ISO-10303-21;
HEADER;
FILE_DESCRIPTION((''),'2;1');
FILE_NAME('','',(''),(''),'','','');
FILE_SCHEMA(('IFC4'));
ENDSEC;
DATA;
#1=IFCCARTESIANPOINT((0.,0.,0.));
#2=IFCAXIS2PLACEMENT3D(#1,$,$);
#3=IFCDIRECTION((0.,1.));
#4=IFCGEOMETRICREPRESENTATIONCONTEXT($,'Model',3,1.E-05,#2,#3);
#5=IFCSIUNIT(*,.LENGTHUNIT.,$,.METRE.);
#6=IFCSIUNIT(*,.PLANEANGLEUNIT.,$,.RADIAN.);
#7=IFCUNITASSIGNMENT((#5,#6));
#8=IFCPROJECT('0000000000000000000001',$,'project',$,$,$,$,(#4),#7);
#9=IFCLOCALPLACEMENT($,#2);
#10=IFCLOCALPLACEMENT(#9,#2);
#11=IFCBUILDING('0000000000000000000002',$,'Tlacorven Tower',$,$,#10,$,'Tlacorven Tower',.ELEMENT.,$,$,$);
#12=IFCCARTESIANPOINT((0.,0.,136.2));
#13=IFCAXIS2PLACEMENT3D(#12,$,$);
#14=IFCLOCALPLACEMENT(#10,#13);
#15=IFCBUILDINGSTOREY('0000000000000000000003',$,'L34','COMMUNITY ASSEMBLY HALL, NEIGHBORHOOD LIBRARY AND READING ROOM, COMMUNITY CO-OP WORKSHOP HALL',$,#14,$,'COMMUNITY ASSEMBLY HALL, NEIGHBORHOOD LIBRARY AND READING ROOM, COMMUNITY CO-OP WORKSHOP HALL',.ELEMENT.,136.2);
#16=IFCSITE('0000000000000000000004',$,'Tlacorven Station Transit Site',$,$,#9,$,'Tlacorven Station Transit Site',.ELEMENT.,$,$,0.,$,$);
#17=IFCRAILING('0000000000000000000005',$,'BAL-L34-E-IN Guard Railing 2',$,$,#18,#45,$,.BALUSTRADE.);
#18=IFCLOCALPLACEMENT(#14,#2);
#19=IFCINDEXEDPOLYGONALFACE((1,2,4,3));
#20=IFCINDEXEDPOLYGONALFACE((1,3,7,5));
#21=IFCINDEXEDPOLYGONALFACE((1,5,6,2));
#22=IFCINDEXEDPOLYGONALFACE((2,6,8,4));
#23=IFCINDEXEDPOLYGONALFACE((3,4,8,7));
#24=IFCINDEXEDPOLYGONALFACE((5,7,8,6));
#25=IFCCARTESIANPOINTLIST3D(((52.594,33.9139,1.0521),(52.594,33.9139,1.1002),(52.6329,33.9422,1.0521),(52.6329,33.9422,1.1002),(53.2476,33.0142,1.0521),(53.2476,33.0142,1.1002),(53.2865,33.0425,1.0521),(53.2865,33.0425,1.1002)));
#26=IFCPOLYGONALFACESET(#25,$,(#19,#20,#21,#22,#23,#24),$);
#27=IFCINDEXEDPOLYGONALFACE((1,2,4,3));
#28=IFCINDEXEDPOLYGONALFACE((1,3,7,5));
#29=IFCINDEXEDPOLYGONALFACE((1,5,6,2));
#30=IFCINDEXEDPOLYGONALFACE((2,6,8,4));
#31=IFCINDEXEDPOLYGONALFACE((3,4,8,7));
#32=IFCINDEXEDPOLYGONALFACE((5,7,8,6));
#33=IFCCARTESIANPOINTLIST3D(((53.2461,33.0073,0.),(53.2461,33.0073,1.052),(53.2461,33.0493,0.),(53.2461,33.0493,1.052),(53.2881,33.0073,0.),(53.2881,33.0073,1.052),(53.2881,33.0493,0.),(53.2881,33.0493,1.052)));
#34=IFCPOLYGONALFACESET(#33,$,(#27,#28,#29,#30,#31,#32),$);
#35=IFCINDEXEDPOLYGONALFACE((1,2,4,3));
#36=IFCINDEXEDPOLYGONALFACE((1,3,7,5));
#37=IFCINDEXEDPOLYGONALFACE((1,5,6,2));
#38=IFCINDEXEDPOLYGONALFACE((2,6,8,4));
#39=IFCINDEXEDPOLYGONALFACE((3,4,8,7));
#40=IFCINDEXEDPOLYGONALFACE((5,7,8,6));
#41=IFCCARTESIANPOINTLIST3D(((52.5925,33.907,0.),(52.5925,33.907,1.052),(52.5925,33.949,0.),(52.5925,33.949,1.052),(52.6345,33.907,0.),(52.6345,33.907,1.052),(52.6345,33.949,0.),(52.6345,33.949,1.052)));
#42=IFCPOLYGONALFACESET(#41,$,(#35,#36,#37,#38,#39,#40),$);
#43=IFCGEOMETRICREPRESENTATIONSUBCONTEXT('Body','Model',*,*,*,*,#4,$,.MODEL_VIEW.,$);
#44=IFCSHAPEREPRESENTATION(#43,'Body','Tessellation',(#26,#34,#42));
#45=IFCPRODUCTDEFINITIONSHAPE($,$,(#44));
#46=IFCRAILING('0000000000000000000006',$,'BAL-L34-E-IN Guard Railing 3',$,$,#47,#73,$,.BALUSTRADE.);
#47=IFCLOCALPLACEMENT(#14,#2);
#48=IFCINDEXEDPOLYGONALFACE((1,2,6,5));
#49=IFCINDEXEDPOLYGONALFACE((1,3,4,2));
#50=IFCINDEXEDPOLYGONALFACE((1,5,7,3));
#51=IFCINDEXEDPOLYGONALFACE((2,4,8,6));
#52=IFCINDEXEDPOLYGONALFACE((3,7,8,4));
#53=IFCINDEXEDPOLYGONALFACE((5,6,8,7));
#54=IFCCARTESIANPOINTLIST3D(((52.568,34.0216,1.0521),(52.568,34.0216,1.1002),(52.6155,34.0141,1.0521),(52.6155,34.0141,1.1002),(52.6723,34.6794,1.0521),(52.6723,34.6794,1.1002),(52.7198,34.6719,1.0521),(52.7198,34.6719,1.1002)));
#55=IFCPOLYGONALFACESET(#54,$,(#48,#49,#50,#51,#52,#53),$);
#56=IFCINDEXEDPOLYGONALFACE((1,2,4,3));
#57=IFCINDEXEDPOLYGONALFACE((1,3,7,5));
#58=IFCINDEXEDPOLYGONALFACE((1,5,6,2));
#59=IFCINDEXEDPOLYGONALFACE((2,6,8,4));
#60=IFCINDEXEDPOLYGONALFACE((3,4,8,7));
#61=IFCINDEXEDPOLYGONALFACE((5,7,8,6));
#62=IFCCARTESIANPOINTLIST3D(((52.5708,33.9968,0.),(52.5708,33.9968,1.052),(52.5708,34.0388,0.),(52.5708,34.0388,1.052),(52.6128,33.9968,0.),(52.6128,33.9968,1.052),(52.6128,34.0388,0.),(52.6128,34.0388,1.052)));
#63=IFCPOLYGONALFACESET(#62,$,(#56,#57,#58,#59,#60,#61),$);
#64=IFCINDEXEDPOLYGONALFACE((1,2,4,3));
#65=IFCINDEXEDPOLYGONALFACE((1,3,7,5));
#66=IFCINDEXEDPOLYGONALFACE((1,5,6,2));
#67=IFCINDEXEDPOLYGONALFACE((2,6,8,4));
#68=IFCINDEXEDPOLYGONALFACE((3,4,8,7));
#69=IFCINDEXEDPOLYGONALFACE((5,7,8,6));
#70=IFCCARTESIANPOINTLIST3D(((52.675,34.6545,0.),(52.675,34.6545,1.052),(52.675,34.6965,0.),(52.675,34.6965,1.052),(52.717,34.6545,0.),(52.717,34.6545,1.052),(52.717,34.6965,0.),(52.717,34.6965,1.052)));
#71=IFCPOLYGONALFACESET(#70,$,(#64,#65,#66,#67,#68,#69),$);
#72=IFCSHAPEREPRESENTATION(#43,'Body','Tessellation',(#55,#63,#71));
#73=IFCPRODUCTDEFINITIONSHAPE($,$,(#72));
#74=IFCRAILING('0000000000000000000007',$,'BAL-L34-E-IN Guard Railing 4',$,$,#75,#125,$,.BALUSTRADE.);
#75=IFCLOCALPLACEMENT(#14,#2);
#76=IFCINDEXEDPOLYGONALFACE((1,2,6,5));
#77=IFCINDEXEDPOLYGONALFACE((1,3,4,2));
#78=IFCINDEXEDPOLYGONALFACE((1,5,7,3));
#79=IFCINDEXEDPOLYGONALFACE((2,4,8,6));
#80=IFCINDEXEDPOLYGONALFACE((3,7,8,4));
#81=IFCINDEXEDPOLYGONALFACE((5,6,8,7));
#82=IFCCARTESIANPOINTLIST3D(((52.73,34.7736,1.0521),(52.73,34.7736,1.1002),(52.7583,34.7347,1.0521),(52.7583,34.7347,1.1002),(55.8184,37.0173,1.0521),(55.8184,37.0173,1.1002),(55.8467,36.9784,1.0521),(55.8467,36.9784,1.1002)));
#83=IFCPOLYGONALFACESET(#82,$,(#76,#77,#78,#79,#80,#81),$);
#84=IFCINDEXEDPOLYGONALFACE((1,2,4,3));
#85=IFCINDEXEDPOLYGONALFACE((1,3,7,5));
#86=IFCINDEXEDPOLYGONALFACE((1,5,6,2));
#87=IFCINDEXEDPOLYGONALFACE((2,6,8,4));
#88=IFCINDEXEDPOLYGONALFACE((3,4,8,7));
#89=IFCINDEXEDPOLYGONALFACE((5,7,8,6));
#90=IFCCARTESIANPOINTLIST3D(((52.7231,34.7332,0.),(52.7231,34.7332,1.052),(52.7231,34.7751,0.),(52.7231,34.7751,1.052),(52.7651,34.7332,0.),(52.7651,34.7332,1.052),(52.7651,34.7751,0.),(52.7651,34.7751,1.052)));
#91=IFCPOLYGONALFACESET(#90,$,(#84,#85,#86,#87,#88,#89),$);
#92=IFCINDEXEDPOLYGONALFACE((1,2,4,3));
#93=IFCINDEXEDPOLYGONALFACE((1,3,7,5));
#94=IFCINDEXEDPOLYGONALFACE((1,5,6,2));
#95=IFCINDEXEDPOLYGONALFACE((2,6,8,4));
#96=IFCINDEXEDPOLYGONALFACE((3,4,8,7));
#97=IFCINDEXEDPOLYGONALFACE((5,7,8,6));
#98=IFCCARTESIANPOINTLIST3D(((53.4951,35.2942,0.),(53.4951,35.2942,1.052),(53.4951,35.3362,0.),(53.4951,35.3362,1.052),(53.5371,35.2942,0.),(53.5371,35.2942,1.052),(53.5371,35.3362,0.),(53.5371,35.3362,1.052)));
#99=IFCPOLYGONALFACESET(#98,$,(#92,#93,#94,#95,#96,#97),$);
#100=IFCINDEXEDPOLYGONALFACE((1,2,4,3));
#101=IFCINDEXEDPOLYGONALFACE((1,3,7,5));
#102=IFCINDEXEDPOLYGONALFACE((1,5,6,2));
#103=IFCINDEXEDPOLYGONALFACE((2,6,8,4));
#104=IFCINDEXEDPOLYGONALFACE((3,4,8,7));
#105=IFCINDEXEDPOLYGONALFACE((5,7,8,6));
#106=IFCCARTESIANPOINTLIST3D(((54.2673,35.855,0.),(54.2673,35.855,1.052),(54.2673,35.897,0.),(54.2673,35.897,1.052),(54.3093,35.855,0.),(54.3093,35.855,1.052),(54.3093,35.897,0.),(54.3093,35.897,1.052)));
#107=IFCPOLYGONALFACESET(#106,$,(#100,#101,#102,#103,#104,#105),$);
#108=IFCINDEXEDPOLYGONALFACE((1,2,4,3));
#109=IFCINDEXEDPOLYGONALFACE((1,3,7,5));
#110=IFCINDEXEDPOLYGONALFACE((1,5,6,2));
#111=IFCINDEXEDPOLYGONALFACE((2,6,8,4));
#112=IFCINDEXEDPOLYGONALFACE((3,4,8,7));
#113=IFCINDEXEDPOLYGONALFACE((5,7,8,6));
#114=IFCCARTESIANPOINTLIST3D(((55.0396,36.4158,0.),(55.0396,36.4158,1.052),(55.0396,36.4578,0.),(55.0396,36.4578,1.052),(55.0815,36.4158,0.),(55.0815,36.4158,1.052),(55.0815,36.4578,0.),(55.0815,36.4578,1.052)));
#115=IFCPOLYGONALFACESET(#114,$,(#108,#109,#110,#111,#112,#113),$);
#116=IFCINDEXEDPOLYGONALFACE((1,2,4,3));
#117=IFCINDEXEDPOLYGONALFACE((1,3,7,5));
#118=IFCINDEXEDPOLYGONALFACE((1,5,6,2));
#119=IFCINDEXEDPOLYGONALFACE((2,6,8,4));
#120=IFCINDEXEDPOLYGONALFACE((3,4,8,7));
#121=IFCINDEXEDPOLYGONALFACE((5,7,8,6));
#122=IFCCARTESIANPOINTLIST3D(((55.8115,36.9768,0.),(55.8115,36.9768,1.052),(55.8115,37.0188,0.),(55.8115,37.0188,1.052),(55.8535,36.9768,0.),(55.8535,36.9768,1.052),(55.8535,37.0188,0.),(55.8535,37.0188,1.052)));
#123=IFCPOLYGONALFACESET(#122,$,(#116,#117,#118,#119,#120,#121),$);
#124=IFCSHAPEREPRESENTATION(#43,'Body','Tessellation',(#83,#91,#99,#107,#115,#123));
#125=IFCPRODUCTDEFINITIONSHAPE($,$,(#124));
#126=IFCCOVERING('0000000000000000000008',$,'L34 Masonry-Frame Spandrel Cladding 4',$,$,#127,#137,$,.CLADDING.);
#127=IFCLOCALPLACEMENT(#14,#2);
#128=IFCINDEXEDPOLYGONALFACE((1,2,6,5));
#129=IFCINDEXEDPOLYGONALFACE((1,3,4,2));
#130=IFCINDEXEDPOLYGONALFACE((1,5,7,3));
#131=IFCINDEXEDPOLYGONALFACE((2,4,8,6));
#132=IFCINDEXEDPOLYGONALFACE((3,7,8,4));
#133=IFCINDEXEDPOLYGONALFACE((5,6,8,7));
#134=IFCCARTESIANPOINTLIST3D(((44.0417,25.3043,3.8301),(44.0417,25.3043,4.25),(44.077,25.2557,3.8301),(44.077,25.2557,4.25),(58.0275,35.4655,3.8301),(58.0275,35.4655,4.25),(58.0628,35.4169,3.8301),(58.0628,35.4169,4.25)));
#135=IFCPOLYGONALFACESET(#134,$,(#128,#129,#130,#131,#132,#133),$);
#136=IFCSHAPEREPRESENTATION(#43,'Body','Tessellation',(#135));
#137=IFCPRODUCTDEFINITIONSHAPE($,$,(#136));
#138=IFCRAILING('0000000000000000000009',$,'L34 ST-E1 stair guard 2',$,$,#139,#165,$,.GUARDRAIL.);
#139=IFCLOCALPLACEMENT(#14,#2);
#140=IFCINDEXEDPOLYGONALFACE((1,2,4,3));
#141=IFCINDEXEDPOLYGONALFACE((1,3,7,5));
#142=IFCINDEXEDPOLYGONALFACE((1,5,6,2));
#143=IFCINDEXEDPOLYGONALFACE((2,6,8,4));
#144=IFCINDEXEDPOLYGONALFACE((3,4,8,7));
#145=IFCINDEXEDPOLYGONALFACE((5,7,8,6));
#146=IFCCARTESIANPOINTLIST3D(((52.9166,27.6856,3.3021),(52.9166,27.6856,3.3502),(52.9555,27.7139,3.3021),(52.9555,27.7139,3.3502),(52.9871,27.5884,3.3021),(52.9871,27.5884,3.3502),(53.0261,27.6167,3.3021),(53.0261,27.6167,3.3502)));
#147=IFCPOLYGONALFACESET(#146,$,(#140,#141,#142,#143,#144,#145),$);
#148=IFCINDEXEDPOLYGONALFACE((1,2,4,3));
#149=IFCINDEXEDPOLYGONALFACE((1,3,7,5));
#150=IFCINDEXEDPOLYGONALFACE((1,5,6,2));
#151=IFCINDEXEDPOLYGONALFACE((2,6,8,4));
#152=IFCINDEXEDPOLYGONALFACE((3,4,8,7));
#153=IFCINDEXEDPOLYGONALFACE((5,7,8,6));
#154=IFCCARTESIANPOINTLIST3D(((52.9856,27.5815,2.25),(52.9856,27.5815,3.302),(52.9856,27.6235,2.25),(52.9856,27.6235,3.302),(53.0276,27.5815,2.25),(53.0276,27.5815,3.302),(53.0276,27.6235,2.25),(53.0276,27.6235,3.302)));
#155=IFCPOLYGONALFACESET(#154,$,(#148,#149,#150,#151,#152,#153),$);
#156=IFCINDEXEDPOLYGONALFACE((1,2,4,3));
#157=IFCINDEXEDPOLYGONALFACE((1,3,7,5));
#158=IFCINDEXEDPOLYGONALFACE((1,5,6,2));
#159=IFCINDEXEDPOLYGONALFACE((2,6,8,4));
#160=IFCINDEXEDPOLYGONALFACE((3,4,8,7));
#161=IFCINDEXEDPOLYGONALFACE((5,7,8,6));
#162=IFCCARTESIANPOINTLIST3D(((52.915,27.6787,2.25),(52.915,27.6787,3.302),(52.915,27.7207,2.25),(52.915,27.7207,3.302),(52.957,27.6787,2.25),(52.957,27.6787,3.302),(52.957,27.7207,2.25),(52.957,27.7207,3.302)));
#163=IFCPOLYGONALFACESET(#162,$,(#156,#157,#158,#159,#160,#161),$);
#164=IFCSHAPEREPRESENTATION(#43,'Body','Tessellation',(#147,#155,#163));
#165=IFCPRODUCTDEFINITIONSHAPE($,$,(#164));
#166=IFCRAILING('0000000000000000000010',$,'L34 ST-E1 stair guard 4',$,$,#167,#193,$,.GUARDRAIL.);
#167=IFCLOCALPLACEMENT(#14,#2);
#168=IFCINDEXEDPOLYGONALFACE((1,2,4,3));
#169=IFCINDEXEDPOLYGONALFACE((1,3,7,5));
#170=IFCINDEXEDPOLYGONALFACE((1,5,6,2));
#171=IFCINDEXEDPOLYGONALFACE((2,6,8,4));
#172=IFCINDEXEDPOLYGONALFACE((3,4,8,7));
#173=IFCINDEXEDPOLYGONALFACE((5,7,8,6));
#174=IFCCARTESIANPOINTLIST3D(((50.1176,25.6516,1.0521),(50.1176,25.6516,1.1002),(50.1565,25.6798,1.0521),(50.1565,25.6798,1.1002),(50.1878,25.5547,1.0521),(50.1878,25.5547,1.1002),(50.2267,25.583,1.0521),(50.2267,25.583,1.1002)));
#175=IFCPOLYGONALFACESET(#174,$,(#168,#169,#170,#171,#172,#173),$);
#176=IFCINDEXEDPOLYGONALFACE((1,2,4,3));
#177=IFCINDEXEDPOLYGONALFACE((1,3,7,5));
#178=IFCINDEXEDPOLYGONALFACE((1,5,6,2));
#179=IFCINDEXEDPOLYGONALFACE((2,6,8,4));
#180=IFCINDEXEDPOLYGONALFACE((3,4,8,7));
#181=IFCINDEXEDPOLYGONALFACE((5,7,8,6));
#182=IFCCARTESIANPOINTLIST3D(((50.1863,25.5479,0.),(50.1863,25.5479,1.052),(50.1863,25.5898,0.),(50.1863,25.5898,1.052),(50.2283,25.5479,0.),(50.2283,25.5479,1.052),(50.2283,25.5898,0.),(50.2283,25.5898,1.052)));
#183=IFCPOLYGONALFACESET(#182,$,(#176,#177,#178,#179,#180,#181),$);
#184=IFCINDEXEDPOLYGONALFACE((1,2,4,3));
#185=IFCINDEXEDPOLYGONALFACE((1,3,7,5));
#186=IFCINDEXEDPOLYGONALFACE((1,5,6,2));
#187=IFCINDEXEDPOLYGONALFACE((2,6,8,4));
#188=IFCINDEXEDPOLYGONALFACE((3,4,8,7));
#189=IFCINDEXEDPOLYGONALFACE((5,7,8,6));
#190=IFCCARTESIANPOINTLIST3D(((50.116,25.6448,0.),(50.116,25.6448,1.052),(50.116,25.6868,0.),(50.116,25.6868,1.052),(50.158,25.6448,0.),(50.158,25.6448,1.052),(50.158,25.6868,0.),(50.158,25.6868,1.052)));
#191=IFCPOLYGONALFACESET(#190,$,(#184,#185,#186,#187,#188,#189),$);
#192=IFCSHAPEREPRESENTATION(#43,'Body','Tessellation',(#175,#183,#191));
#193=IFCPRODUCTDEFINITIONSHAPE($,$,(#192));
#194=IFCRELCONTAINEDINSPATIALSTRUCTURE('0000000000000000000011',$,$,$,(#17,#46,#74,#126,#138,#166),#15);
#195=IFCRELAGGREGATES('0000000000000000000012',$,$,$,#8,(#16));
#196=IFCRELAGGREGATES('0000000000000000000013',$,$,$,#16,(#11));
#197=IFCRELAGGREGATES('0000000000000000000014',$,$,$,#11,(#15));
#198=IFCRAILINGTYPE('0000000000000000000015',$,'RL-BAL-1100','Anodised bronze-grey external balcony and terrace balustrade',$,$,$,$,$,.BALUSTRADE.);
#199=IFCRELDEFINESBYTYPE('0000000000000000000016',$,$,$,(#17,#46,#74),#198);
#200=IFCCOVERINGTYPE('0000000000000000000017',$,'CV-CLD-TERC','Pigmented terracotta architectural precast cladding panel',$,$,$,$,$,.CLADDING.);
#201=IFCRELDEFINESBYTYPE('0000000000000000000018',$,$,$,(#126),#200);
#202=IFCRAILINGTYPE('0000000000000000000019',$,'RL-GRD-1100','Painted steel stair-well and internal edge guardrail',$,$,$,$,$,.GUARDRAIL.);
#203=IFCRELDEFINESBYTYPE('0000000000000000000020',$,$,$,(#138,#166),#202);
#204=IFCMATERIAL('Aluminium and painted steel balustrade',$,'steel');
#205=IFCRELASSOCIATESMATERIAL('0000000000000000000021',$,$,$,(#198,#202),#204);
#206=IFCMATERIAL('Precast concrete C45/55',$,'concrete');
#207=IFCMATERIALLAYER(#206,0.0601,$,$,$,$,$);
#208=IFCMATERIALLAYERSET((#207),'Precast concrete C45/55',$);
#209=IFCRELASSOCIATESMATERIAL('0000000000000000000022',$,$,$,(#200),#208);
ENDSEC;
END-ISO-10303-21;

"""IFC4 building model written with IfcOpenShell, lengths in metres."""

from ifc_helpers import new_model, si_unit, direction, frame, origin, origin_2d, place, context, subcontext, project, spatial, rectangle, extrude, source, transform, mapped, material, layer, layer_set, type_object, element, save


model = new_model("IFC4")

# Units and contexts
model_context = context("Model", 3, precision=1e-05, world=origin(), true_north=direction((0.0, 1.0)))
body_context = subcontext(model_context, "Body", "Model", "MODEL_VIEW")
ifc_project = project(units=[si_unit("LENGTHUNIT", "METRE"), si_unit("PLANEANGLEUNIT", "RADIAN")], contexts=[model_context])

# Site, building, storey
site_placement = place(None, origin())
site = spatial("IfcSite", under=ifc_project, at=site_placement, Name="Tlacorven Station Transit Site", LongName="Tlacorven Station Transit Site", CompositionType="ELEMENT", RefElevation=0.0)
building_placement = place(site_placement, origin())
building = spatial("IfcBuilding", under=site, at=building_placement, Name="Tlacorven Tower", LongName="Tlacorven Tower", CompositionType="ELEMENT")
storey_placement = place(building_placement, frame((0.0, 0.0, 136.2)))
storey = spatial("IfcBuildingStorey", under=building, at=storey_placement, Name="L34", Description="COMMUNITY ASSEMBLY HALL, NEIGHBORHOOD LIBRARY AND READING ROOM, COMMUNITY CO-OP WORKSHOP HALL", LongName="COMMUNITY ASSEMBLY HALL, NEIGHBORHOOD LIBRARY AND READING ROOM, COMMUNITY CO-OP WORKSHOP HALL", CompositionType="ELEMENT", Elevation=136.2)

# Railings
ifc_material_1 = material(Name="Aluminium and painted steel balustrade", Category="steel")
railing_type_1 = type_object("IfcRailingType", Name="RL-BAL-1100", Description="Anodised bronze-grey external balcony and terrace balustrade", PredefinedType="BALUSTRADE", material=ifc_material_1)
shared_shape_1 = source(origin(), body_context, "Body", "SweptSolid", [
    extrude(rectangle(XDim=0.0481, YDim=0.0481, at=origin_2d()), frame((0.0, 0.0, 1.0762), z_axis=(-0.587741, 0.809049, 0.0), x_axis=(-0.809049, -0.587741, 0.0)), (0.0, 0.0, 1.0), 1.1121),
    extrude(rectangle(XDim=0.042, YDim=0.042, at=origin_2d()), origin(), (0.0, 0.0, 1.0), 1.052),
    extrude(rectangle(XDim=0.042, YDim=0.042, at=origin_2d()), frame((-0.6536, 0.8997, 0.0)), (0.0, 0.0, 1.0), 1.052),
])
railing_1_placement = place(storey_placement, frame((53.2671, 33.0283, 0.0)))
element("IfcRailing", 1, at=railing_1_placement, inside=storey, type_object=railing_type_1, Name="BAL-L34-E-IN Guard Railing 2", PredefinedType="BALUSTRADE", context=body_context, shape_type="MappedRepresentation", body=[
    mapped(shared_shape_1, transform((0.0, 0.0, 0.0), scale=1.0)),
])
shared_shape_2 = source(origin(), body_context, "Body", "SweptSolid", [
    extrude(rectangle(XDim=0.0481, YDim=0.0481, at=origin_2d()), frame((0.0, 0.0, 1.0762), z_axis=(0.156546, 0.987671, 0.0), x_axis=(-0.987671, 0.156546, 0.0)), (0.0, 0.0, 1.0), 0.666),
    extrude(rectangle(XDim=0.042, YDim=0.042, at=origin_2d()), origin(), (0.0, 0.0, 1.0), 1.052),
    extrude(rectangle(XDim=0.042, YDim=0.042, at=origin_2d()), frame((0.1042, 0.6577, 0.0)), (0.0, 0.0, 1.0), 1.052),
])
railing_2_placement = place(storey_placement, frame((52.5918, 34.0178, 0.0)))
element("IfcRailing", 2, at=railing_2_placement, inside=storey, type_object=railing_type_1, Name="BAL-L34-E-IN Guard Railing 3", PredefinedType="BALUSTRADE", context=body_context, shape_type="MappedRepresentation", body=[
    mapped(shared_shape_2, transform((0.0, 0.0, 0.0), scale=1.0)),
])
shared_shape_3 = source(origin(), body_context, "Body", "SweptSolid", [
    extrude(rectangle(XDim=0.0481, YDim=0.0481, at=origin_2d()), frame((0.0, 0.0, 1.0762), z_axis=(0.80904, 0.587753, 0.0), x_axis=(-0.587753, 0.80904, 0.0)), (0.0, 0.0, 1.0), 3.8174),
    extrude(rectangle(XDim=0.042, YDim=0.042, at=origin_2d()), origin(), (0.0, 0.0, 1.0), 1.052),
    extrude(rectangle(XDim=0.042, YDim=0.042, at=origin_2d()), frame((0.772, 0.561, 0.0)), (0.0, 0.0, 1.0), 1.052),
    extrude(rectangle(XDim=0.042, YDim=0.042, at=origin_2d()), frame((1.5442, 1.1218, 0.0)), (0.0, 0.0, 1.0), 1.052),
    extrude(rectangle(XDim=0.042, YDim=0.042, at=origin_2d()), frame((2.3164, 1.6826, 0.0)), (0.0, 0.0, 1.0), 1.052),
    extrude(rectangle(XDim=0.042, YDim=0.042, at=origin_2d()), frame((3.0884, 2.2437, 0.0)), (0.0, 0.0, 1.0), 1.052),
])
railing_3_placement = place(storey_placement, frame((52.7441, 34.7542, 0.0)))
element("IfcRailing", 3, at=railing_3_placement, inside=storey, type_object=railing_type_1, Name="BAL-L34-E-IN Guard Railing 4", PredefinedType="BALUSTRADE", context=body_context, shape_type="MappedRepresentation", body=[
    mapped(shared_shape_3, transform((0.0, 0.0, 0.0), scale=1.0)),
])

# Covering
ifc_material_2 = material(Name="Precast concrete C45/55", Category="concrete")
ifc_layer_1 = layer(ifc_material_2, 0.0601)
ifc_layer_set_1 = layer_set([ifc_layer_1], Name="Precast concrete C45/55")
covering_type = type_object("IfcCoveringType", Name="CV-CLD-TERC", Description="Pigmented terracotta architectural precast cladding panel", PredefinedType="CLADDING", material=ifc_layer_set_1)
shared_shape_4 = source(origin(), body_context, "Body", "SweptSolid", [
    extrude(rectangle(XDim=17.2874, YDim=0.0601, at=origin_2d()), origin(), (0.0, 0.0, 1.0), 0.4199),
])
covering_placement = place(storey_placement, frame((51.0522, 30.3606, 3.8301), z_axis=(0.0, 0.0, 1.0), x_axis=(0.809017, 0.587785, 0.0)))
element("IfcCovering", 4, at=covering_placement, inside=storey, type_object=covering_type, Name="L34 Masonry-Frame Spandrel Cladding 4", PredefinedType="CLADDING", context=body_context, shape_type="MappedRepresentation", body=[
    mapped(shared_shape_4, transform((0.0, 0.0, 0.0), scale=1.0)),
])

# Railings
railing_type_2 = type_object("IfcRailingType", Name="RL-GRD-1100", Description="Painted steel stair-well and internal edge guardrail", PredefinedType="GUARDRAIL", material=ifc_material_1)
shared_shape_5 = source(origin(), body_context, "Body", "SweptSolid", [
    extrude(rectangle(XDim=0.0481, YDim=0.0481, at=origin_2d()), frame((0.0, 0.0, 1.0762), z_axis=(-0.587567, 0.809175, 0.0), x_axis=(-0.809175, -0.587567, 0.0)), (0.0, 0.0, 1.0), 0.1201),
    extrude(rectangle(XDim=0.042, YDim=0.042, at=origin_2d()), origin(), (0.0, 0.0, 1.0), 1.052),
    extrude(rectangle(XDim=0.042, YDim=0.042, at=origin_2d()), frame((-0.0706, 0.0972, 0.0)), (0.0, 0.0, 1.0), 1.052),
])
railing_4_placement = place(storey_placement, frame((53.0066, 27.6025, 2.25)))
element("IfcRailing", 5, at=railing_4_placement, inside=storey, type_object=railing_type_2, Name="L34 ST-E1 stair guard 2", PredefinedType="GUARDRAIL", context=body_context, shape_type="MappedRepresentation", body=[
    mapped(shared_shape_5, transform((0.0, 0.0, 0.0), scale=1.0)),
])
shared_shape_6 = source(origin(), body_context, "Body", "SweptSolid", [
    extrude(rectangle(XDim=0.0481, YDim=0.0481, at=origin_2d()), frame((0.0, 0.0, 1.0762), z_axis=(-0.587201, 0.809441, 0.0), x_axis=(-0.809441, -0.587201, 0.0)), (0.0, 0.0, 1.0), 0.1196),
    extrude(rectangle(XDim=0.042, YDim=0.042, at=origin_2d()), origin(), (0.0, 0.0, 1.0), 1.052),
    extrude(rectangle(XDim=0.042, YDim=0.042, at=origin_2d()), frame((-0.0703, 0.0969, 0.0)), (0.0, 0.0, 1.0), 1.052),
])
railing_5_placement = place(storey_placement, frame((50.2073, 25.5688, 0.0)))
element("IfcRailing", 6, at=railing_5_placement, inside=storey, type_object=railing_type_2, Name="L34 ST-E1 stair guard 4", PredefinedType="GUARDRAIL", context=body_context, shape_type="MappedRepresentation", body=[
    mapped(shared_shape_6, transform((0.0, 0.0, 0.0), scale=1.0)),
])

save(model, "model.ifc")
